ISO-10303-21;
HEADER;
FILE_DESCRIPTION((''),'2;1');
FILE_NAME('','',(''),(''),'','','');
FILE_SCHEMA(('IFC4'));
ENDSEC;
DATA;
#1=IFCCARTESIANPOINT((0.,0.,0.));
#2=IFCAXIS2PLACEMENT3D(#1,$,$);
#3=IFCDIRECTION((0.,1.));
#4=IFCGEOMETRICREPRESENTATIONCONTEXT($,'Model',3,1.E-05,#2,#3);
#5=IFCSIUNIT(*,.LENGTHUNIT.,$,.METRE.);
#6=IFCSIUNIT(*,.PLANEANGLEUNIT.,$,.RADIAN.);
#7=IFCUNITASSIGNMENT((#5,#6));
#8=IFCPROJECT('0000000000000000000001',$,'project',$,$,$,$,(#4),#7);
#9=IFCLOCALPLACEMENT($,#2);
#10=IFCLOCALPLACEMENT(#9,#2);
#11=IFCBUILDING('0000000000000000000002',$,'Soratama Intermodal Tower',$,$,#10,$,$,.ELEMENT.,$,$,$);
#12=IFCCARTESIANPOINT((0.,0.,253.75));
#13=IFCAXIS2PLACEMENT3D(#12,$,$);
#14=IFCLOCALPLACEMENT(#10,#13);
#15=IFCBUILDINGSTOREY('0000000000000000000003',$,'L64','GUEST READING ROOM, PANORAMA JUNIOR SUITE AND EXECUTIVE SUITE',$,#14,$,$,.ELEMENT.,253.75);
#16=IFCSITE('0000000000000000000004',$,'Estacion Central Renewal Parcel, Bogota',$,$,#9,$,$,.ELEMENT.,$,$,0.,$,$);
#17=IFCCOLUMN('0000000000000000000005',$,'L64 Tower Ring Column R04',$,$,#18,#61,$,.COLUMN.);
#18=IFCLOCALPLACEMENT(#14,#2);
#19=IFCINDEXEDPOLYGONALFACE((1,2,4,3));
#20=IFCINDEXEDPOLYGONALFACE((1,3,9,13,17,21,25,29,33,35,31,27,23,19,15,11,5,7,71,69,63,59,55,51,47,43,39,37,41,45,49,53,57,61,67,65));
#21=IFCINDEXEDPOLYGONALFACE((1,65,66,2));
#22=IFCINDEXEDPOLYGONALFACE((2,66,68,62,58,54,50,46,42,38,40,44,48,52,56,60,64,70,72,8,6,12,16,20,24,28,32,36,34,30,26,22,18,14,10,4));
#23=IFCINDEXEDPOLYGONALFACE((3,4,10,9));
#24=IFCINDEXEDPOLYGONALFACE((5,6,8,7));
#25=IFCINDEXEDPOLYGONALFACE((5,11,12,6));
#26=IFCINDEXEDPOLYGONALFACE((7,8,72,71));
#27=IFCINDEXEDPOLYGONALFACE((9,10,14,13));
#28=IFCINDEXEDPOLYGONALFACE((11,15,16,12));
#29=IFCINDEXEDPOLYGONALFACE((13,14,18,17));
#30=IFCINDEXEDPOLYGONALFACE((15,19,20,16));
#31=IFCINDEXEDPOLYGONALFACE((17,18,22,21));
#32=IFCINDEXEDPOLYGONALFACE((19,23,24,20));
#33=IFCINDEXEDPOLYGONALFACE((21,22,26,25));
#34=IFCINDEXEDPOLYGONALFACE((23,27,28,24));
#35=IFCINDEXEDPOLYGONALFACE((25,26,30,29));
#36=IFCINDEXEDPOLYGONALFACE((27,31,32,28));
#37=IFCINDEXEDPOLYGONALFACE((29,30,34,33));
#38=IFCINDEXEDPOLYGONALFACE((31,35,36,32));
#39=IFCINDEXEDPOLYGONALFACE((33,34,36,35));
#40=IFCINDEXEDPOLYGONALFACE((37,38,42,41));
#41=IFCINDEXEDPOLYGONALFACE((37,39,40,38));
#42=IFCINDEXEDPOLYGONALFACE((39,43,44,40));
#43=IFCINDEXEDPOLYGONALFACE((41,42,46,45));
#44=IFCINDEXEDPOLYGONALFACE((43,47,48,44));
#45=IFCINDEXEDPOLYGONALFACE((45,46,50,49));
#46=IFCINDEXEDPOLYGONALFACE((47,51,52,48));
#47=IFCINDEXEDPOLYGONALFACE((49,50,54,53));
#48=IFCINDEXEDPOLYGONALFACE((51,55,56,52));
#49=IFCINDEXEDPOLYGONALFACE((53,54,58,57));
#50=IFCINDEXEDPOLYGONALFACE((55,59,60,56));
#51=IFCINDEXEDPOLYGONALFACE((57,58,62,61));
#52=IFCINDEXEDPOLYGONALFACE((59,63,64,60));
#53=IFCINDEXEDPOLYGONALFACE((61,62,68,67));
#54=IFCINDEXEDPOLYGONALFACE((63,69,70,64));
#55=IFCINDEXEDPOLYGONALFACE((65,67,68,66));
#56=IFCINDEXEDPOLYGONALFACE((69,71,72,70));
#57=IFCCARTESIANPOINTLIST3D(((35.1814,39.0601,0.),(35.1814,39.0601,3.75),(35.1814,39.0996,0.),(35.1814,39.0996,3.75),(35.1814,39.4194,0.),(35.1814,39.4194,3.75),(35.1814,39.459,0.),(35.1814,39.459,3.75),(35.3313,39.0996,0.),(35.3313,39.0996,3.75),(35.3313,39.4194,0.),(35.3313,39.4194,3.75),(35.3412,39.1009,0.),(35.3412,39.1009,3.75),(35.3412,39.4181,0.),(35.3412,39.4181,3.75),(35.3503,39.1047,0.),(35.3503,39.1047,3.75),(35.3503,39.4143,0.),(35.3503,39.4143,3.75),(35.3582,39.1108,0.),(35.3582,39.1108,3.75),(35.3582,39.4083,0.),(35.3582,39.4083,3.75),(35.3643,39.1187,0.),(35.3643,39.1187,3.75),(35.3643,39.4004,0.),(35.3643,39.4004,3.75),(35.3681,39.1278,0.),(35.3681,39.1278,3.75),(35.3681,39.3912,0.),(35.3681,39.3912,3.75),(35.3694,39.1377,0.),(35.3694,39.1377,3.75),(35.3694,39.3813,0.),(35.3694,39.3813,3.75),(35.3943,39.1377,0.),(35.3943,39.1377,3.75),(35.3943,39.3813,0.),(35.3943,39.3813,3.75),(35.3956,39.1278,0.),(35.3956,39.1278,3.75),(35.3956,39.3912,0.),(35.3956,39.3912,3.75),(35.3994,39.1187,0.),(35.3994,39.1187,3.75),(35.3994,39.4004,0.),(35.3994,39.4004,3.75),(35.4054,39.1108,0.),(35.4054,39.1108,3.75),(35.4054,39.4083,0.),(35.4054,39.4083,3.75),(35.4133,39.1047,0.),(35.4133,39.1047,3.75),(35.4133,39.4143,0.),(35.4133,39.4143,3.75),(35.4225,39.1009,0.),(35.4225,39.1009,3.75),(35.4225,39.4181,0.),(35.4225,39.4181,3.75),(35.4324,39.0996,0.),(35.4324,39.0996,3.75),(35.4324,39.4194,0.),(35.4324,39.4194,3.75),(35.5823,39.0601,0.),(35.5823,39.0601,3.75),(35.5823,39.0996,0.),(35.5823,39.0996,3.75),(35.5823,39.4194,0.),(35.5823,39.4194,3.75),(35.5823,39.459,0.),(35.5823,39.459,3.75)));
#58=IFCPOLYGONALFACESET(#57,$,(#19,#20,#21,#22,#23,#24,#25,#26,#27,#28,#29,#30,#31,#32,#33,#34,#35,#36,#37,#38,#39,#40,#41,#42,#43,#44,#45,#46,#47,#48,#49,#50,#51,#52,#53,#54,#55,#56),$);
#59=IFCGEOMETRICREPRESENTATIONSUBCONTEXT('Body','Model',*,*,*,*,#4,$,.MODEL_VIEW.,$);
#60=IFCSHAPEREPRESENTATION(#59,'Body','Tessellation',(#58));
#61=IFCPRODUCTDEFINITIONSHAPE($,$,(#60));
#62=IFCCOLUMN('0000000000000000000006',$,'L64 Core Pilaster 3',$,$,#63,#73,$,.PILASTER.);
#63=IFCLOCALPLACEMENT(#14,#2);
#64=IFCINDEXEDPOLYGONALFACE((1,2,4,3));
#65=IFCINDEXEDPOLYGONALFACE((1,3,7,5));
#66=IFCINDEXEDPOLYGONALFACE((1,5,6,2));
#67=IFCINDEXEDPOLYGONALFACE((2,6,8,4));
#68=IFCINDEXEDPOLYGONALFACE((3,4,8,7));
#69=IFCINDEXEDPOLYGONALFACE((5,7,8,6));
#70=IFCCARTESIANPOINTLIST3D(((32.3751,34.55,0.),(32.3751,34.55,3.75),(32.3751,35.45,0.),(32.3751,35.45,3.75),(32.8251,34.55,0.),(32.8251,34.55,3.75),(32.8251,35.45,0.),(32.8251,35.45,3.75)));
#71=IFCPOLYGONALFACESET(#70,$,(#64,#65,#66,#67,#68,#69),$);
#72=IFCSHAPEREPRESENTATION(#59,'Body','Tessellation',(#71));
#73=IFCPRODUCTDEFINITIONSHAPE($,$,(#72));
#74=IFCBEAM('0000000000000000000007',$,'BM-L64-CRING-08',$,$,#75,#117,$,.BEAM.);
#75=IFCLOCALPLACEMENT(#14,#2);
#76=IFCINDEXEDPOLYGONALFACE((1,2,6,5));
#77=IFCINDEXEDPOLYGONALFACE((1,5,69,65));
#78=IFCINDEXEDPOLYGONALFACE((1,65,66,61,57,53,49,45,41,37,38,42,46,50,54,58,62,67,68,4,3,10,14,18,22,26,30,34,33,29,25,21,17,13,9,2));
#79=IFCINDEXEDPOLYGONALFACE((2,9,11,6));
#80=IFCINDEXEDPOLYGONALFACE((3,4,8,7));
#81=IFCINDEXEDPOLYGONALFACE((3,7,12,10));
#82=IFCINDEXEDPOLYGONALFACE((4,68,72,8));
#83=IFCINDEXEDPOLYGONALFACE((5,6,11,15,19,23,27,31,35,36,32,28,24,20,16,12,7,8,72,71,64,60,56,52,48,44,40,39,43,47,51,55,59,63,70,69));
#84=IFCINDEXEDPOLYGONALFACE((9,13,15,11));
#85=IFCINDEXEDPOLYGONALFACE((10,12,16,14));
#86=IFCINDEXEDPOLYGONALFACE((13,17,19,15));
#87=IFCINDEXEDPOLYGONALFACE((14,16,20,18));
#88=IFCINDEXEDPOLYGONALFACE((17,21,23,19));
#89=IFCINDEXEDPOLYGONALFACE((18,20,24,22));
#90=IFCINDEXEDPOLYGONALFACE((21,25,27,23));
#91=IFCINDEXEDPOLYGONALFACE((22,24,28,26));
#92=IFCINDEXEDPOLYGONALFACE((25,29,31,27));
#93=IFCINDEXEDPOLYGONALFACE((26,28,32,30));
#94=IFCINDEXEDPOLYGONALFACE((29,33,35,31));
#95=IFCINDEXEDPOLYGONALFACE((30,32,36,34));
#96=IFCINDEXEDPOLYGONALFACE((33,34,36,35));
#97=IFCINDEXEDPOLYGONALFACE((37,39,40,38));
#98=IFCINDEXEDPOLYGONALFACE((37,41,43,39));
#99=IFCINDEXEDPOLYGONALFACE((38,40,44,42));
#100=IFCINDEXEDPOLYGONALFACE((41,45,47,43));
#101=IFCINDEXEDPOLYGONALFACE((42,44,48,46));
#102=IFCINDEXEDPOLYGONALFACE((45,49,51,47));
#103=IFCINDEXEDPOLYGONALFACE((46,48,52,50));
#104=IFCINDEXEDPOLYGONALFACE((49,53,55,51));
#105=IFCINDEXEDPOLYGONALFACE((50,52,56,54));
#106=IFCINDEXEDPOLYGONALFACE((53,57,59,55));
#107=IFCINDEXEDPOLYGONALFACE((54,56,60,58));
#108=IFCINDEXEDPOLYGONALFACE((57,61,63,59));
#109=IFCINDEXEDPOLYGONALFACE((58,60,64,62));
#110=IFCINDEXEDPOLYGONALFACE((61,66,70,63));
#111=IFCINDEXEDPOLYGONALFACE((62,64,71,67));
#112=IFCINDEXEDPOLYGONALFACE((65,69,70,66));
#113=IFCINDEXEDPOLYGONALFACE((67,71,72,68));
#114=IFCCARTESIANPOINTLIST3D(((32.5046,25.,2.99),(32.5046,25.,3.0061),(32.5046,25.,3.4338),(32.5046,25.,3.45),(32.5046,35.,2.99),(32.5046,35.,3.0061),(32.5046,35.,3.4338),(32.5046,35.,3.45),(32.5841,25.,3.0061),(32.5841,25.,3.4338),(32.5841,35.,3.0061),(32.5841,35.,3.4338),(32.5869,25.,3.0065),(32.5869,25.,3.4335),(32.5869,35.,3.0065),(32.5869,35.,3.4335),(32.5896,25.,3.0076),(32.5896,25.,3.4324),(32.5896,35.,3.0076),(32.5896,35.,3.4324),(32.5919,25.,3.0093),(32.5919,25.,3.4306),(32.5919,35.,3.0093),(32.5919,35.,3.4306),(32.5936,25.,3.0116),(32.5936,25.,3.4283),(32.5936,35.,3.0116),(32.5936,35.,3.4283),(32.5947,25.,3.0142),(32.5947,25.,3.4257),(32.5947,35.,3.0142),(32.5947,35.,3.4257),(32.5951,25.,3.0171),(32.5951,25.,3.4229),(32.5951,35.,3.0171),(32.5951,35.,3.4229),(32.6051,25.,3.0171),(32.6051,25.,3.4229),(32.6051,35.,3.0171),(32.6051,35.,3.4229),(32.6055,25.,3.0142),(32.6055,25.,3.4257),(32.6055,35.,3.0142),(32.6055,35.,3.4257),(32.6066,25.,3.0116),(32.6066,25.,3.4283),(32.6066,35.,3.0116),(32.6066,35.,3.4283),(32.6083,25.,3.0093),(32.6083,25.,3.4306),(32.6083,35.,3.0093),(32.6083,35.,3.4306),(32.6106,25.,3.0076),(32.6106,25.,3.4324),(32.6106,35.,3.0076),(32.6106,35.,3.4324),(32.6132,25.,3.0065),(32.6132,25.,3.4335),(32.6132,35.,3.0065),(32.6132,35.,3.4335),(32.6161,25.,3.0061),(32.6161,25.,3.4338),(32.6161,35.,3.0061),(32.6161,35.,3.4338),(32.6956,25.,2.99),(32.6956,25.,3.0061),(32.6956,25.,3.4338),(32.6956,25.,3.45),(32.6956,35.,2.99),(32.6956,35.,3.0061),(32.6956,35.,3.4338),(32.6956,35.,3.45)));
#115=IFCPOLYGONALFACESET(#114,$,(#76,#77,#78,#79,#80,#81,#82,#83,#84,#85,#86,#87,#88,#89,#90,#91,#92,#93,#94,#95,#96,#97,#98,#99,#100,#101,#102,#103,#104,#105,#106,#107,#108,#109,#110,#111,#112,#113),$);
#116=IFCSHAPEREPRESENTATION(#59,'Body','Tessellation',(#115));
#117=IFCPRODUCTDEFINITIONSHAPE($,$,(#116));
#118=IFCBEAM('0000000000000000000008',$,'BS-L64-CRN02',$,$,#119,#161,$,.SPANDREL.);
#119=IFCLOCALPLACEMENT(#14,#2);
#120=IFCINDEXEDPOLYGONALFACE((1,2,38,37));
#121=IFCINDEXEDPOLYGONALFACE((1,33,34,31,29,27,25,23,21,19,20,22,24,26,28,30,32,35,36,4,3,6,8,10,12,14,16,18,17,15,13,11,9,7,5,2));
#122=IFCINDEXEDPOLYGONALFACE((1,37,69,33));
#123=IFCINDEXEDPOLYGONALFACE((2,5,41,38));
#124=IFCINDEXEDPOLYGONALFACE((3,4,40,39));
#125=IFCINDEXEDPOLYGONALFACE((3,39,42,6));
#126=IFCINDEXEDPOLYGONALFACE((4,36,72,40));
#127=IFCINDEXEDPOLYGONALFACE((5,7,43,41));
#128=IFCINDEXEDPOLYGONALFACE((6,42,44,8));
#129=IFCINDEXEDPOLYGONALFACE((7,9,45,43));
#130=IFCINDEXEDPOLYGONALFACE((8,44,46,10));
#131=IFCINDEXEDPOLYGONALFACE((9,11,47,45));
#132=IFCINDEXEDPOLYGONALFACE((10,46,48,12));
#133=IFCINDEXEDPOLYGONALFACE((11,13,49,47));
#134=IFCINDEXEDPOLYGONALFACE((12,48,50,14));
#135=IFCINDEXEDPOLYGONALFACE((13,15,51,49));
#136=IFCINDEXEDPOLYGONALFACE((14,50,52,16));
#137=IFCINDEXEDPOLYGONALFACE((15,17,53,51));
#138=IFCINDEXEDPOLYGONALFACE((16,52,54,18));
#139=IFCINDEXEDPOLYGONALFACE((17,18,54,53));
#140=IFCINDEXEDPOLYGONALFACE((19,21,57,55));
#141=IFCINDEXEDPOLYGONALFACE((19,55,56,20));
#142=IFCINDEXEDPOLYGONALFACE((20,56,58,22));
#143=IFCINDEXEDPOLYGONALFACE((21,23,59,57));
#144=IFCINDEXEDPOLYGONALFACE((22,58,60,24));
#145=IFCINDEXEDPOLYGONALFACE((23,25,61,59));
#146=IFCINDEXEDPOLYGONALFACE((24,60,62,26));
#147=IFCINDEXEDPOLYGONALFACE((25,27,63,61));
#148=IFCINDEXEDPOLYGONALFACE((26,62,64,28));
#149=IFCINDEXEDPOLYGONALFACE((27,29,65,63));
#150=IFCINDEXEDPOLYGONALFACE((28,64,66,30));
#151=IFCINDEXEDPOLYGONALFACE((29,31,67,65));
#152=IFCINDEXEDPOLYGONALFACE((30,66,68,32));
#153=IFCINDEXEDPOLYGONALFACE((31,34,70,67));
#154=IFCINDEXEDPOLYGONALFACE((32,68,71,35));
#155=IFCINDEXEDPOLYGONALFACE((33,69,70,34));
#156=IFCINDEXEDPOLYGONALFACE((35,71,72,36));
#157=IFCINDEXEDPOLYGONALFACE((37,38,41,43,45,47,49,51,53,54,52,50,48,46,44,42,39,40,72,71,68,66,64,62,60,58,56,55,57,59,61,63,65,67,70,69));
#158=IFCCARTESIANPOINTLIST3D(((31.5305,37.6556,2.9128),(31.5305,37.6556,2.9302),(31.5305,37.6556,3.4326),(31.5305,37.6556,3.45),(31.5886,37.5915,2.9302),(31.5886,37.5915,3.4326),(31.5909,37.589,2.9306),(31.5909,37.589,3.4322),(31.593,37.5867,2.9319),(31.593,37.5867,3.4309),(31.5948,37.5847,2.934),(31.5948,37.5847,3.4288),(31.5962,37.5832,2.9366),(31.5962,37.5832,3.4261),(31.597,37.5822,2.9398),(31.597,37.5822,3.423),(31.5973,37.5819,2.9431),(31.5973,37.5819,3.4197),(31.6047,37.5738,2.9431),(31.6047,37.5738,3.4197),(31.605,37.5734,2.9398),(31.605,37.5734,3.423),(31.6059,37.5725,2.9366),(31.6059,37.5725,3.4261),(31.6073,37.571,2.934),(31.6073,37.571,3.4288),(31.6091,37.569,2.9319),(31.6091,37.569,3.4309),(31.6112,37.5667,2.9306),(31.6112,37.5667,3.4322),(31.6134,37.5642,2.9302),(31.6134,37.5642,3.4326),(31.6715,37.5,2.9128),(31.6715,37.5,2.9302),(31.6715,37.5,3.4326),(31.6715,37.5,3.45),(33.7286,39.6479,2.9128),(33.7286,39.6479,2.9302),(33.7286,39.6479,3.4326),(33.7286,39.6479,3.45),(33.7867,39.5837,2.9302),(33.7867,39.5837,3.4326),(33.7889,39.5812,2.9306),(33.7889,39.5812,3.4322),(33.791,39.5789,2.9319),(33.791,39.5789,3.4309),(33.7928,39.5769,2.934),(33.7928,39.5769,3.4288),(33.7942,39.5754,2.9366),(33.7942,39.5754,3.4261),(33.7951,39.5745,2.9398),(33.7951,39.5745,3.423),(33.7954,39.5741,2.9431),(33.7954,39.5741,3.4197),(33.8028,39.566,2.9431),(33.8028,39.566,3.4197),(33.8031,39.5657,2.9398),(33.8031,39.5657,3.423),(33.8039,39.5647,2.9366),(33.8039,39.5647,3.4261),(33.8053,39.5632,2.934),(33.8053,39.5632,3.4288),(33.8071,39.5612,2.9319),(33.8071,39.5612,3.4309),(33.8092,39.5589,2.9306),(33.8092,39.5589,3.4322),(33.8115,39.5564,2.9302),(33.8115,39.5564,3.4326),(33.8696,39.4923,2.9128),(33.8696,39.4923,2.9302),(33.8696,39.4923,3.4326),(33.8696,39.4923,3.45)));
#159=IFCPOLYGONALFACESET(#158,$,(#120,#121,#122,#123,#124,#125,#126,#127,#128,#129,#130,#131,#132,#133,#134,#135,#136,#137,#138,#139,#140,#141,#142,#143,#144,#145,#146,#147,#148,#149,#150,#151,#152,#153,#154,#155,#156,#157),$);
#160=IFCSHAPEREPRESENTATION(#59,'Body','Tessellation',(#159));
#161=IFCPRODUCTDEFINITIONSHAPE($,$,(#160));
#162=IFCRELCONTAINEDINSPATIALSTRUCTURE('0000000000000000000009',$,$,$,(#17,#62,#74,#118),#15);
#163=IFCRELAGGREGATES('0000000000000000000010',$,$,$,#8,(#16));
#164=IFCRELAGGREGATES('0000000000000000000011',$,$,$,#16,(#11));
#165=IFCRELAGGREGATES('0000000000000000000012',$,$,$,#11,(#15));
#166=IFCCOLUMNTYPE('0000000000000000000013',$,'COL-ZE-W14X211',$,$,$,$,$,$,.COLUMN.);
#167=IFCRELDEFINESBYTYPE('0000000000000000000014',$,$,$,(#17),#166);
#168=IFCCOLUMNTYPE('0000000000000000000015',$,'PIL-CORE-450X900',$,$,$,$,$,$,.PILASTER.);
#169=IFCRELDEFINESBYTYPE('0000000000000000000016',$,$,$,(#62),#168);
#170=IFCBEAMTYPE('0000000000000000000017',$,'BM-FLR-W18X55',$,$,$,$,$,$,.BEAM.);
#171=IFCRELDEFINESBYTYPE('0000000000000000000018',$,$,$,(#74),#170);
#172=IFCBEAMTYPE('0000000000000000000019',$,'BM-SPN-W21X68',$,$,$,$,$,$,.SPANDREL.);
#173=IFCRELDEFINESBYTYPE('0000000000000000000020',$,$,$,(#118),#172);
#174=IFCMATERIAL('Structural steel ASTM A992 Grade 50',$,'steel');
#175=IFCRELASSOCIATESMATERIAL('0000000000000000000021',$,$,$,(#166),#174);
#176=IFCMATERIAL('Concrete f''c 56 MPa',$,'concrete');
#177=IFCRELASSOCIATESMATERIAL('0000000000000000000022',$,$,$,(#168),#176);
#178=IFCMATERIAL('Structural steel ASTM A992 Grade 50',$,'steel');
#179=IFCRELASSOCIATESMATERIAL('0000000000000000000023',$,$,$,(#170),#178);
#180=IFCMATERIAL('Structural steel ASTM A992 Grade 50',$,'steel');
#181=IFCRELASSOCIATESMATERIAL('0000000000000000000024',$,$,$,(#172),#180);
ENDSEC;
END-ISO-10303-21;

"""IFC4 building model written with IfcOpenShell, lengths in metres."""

from ifc_helpers import new_model, si_unit, direction, frame, origin, origin_2d, place, context, subcontext, project, spatial, rectangle, i_section, extrude, material, material_profile, profile_set, type_object, element, save


model = new_model("IFC4")

# Units and contexts
model_context = context("Model", 3, precision=1e-05, world=origin(), true_north=direction((0.0, 1.0)))
body_context = subcontext(model_context, "Body", "Model", "MODEL_VIEW")
ifc_project = project(units=[si_unit("LENGTHUNIT", "METRE"), si_unit("PLANEANGLEUNIT", "RADIAN")], contexts=[model_context])

# Site, building, storey
site_placement = place(None, origin())
site = spatial("IfcSite", under=ifc_project, at=site_placement, Name="Estacion Central Renewal Parcel, Bogota", CompositionType="ELEMENT", RefElevation=0.0)
building_placement = place(site_placement, origin())
building = spatial("IfcBuilding", under=site, at=building_placement, Name="Soratama Intermodal Tower", CompositionType="ELEMENT")
storey_placement = place(building_placement, frame((0.0, 0.0, 253.75)))
storey = spatial("IfcBuildingStorey", under=building, at=storey_placement, Name="L64", Description="GUEST READING ROOM, PANORAMA JUNIOR SUITE AND EXECUTIVE SUITE", CompositionType="ELEMENT", Elevation=253.75)

# Columns
ifc_material_1 = material(Name="Structural steel ASTM A992 Grade 50", Category="steel")
ifc_material_profile_1 = material_profile(ifc_material_1, i_section(OverallWidth=0.4009, OverallDepth=0.3989, WebThickness=0.0249, FlangeThickness=0.0396, FilletRadius=0.0381, at=origin_2d()), Name="W14X211")
ifc_profile_set_1 = profile_set([ifc_material_profile_1], Name="Structural steel ASTM A992 Grade 50")
column_type_1 = type_object("IfcColumnType", Name="COL-ZE-W14X211", PredefinedType="COLUMN", material=ifc_profile_set_1)
column_1_placement = place(storey_placement, frame((35.3818, 39.2595, 0.0), z_axis=(0.0, 0.0, 1.0), x_axis=(1.0, 0.0, 0.0)))
element("IfcColumn", 1, at=column_1_placement, inside=storey, type_object=column_type_1, Name="L64 Tower Ring Column R04", PredefinedType="COLUMN", context=body_context, shape_type="SweptSolid", body=[
    extrude(i_section(OverallWidth=0.4009, OverallDepth=0.3989, WebThickness=0.0249, FlangeThickness=0.0396, FilletRadius=0.0381, at=origin_2d()), origin(), (0.0, 0.0, 1.0), 3.75),
])
ifc_material_2 = material(Name="Concrete f'c 56 MPa", Category="concrete")
ifc_material_profile_2 = material_profile(ifc_material_2, rectangle(XDim=0.45, YDim=0.8999, at=origin_2d()), Name="RC450X900")
ifc_profile_set_2 = profile_set([ifc_material_profile_2], Name="Concrete f'c 56 MPa")
column_type_2 = type_object("IfcColumnType", Name="PIL-CORE-450X900", PredefinedType="PILASTER", material=ifc_profile_set_2)
column_2_placement = place(storey_placement, frame((32.6001, 35.0, 0.0), z_axis=(0.0, 0.0, 1.0), x_axis=(1.0, 0.0, 0.0)))
element("IfcColumn", 2, at=column_2_placement, inside=storey, type_object=column_type_2, Name="L64 Core Pilaster 3", PredefinedType="PILASTER", context=body_context, shape_type="SweptSolid", body=[
    extrude(rectangle(XDim=0.45, YDim=0.8999, at=origin_2d()), origin(), (0.0, 0.0, 1.0), 3.75),
])

# Beams
ifc_material_3 = material(Name="Structural steel ASTM A992 Grade 50", Category="steel")
ifc_material_profile_3 = material_profile(ifc_material_3, i_section(OverallWidth=0.1909, OverallDepth=0.46, WebThickness=0.01, FlangeThickness=0.0161, FilletRadius=0.011, at=origin_2d()), Name="W18X55")
ifc_profile_set_3 = profile_set([ifc_material_profile_3], Name="Structural steel ASTM A992 Grade 50")
beam_type_1 = type_object("IfcBeamType", Name="BM-FLR-W18X55", PredefinedType="BEAM", material=ifc_profile_set_3)
beam_1_placement = place(storey_placement, frame((32.6001, 35.0, 3.22), z_axis=(0.0, -1.0, 0.0), x_axis=(1.0, 0.0, 0.0)))
element("IfcBeam", 3, at=beam_1_placement, inside=storey, type_object=beam_type_1, Name="BM-L64-CRING-08", PredefinedType="BEAM", context=body_context, shape_type="SweptSolid", body=[
    extrude(i_section(OverallWidth=0.1909, OverallDepth=0.46, WebThickness=0.01, FlangeThickness=0.0161, FilletRadius=0.011, at=origin_2d()), origin(), (0.0, 0.0, 1.0), 10.0),
])
ifc_material_4 = material(Name="Structural steel ASTM A992 Grade 50", Category="steel")
ifc_material_profile_4 = material_profile(ifc_material_4, i_section(OverallWidth=0.21, OverallDepth=0.5371, WebThickness=0.011, FlangeThickness=0.0173, FilletRadius=0.0129, at=origin_2d()), Name="W21X68")
ifc_profile_set_4 = profile_set([ifc_material_profile_4], Name="Structural steel ASTM A992 Grade 50")
beam_type_2 = type_object("IfcBeamType", Name="BM-SPN-W21X68", PredefinedType="SPANDREL", material=ifc_profile_set_4)
beam_2_placement = place(storey_placement, frame((33.7991, 39.5701, 3.1814), z_axis=(-0.740945, -0.671566, 0.0), x_axis=(0.671566, -0.740945, 0.0)))
element("IfcBeam", 4, at=beam_2_placement, inside=storey, type_object=beam_type_2, Name="BS-L64-CRN02", PredefinedType="SPANDREL", context=body_context, shape_type="SweptSolid", body=[
    extrude(i_section(OverallWidth=0.21, OverallDepth=0.5371, WebThickness=0.011, FlangeThickness=0.0173, FilletRadius=0.0129, at=origin_2d()), origin(), (0.0, 0.0, 1.0), 2.9666),
])

save(model, "model.ifc")
